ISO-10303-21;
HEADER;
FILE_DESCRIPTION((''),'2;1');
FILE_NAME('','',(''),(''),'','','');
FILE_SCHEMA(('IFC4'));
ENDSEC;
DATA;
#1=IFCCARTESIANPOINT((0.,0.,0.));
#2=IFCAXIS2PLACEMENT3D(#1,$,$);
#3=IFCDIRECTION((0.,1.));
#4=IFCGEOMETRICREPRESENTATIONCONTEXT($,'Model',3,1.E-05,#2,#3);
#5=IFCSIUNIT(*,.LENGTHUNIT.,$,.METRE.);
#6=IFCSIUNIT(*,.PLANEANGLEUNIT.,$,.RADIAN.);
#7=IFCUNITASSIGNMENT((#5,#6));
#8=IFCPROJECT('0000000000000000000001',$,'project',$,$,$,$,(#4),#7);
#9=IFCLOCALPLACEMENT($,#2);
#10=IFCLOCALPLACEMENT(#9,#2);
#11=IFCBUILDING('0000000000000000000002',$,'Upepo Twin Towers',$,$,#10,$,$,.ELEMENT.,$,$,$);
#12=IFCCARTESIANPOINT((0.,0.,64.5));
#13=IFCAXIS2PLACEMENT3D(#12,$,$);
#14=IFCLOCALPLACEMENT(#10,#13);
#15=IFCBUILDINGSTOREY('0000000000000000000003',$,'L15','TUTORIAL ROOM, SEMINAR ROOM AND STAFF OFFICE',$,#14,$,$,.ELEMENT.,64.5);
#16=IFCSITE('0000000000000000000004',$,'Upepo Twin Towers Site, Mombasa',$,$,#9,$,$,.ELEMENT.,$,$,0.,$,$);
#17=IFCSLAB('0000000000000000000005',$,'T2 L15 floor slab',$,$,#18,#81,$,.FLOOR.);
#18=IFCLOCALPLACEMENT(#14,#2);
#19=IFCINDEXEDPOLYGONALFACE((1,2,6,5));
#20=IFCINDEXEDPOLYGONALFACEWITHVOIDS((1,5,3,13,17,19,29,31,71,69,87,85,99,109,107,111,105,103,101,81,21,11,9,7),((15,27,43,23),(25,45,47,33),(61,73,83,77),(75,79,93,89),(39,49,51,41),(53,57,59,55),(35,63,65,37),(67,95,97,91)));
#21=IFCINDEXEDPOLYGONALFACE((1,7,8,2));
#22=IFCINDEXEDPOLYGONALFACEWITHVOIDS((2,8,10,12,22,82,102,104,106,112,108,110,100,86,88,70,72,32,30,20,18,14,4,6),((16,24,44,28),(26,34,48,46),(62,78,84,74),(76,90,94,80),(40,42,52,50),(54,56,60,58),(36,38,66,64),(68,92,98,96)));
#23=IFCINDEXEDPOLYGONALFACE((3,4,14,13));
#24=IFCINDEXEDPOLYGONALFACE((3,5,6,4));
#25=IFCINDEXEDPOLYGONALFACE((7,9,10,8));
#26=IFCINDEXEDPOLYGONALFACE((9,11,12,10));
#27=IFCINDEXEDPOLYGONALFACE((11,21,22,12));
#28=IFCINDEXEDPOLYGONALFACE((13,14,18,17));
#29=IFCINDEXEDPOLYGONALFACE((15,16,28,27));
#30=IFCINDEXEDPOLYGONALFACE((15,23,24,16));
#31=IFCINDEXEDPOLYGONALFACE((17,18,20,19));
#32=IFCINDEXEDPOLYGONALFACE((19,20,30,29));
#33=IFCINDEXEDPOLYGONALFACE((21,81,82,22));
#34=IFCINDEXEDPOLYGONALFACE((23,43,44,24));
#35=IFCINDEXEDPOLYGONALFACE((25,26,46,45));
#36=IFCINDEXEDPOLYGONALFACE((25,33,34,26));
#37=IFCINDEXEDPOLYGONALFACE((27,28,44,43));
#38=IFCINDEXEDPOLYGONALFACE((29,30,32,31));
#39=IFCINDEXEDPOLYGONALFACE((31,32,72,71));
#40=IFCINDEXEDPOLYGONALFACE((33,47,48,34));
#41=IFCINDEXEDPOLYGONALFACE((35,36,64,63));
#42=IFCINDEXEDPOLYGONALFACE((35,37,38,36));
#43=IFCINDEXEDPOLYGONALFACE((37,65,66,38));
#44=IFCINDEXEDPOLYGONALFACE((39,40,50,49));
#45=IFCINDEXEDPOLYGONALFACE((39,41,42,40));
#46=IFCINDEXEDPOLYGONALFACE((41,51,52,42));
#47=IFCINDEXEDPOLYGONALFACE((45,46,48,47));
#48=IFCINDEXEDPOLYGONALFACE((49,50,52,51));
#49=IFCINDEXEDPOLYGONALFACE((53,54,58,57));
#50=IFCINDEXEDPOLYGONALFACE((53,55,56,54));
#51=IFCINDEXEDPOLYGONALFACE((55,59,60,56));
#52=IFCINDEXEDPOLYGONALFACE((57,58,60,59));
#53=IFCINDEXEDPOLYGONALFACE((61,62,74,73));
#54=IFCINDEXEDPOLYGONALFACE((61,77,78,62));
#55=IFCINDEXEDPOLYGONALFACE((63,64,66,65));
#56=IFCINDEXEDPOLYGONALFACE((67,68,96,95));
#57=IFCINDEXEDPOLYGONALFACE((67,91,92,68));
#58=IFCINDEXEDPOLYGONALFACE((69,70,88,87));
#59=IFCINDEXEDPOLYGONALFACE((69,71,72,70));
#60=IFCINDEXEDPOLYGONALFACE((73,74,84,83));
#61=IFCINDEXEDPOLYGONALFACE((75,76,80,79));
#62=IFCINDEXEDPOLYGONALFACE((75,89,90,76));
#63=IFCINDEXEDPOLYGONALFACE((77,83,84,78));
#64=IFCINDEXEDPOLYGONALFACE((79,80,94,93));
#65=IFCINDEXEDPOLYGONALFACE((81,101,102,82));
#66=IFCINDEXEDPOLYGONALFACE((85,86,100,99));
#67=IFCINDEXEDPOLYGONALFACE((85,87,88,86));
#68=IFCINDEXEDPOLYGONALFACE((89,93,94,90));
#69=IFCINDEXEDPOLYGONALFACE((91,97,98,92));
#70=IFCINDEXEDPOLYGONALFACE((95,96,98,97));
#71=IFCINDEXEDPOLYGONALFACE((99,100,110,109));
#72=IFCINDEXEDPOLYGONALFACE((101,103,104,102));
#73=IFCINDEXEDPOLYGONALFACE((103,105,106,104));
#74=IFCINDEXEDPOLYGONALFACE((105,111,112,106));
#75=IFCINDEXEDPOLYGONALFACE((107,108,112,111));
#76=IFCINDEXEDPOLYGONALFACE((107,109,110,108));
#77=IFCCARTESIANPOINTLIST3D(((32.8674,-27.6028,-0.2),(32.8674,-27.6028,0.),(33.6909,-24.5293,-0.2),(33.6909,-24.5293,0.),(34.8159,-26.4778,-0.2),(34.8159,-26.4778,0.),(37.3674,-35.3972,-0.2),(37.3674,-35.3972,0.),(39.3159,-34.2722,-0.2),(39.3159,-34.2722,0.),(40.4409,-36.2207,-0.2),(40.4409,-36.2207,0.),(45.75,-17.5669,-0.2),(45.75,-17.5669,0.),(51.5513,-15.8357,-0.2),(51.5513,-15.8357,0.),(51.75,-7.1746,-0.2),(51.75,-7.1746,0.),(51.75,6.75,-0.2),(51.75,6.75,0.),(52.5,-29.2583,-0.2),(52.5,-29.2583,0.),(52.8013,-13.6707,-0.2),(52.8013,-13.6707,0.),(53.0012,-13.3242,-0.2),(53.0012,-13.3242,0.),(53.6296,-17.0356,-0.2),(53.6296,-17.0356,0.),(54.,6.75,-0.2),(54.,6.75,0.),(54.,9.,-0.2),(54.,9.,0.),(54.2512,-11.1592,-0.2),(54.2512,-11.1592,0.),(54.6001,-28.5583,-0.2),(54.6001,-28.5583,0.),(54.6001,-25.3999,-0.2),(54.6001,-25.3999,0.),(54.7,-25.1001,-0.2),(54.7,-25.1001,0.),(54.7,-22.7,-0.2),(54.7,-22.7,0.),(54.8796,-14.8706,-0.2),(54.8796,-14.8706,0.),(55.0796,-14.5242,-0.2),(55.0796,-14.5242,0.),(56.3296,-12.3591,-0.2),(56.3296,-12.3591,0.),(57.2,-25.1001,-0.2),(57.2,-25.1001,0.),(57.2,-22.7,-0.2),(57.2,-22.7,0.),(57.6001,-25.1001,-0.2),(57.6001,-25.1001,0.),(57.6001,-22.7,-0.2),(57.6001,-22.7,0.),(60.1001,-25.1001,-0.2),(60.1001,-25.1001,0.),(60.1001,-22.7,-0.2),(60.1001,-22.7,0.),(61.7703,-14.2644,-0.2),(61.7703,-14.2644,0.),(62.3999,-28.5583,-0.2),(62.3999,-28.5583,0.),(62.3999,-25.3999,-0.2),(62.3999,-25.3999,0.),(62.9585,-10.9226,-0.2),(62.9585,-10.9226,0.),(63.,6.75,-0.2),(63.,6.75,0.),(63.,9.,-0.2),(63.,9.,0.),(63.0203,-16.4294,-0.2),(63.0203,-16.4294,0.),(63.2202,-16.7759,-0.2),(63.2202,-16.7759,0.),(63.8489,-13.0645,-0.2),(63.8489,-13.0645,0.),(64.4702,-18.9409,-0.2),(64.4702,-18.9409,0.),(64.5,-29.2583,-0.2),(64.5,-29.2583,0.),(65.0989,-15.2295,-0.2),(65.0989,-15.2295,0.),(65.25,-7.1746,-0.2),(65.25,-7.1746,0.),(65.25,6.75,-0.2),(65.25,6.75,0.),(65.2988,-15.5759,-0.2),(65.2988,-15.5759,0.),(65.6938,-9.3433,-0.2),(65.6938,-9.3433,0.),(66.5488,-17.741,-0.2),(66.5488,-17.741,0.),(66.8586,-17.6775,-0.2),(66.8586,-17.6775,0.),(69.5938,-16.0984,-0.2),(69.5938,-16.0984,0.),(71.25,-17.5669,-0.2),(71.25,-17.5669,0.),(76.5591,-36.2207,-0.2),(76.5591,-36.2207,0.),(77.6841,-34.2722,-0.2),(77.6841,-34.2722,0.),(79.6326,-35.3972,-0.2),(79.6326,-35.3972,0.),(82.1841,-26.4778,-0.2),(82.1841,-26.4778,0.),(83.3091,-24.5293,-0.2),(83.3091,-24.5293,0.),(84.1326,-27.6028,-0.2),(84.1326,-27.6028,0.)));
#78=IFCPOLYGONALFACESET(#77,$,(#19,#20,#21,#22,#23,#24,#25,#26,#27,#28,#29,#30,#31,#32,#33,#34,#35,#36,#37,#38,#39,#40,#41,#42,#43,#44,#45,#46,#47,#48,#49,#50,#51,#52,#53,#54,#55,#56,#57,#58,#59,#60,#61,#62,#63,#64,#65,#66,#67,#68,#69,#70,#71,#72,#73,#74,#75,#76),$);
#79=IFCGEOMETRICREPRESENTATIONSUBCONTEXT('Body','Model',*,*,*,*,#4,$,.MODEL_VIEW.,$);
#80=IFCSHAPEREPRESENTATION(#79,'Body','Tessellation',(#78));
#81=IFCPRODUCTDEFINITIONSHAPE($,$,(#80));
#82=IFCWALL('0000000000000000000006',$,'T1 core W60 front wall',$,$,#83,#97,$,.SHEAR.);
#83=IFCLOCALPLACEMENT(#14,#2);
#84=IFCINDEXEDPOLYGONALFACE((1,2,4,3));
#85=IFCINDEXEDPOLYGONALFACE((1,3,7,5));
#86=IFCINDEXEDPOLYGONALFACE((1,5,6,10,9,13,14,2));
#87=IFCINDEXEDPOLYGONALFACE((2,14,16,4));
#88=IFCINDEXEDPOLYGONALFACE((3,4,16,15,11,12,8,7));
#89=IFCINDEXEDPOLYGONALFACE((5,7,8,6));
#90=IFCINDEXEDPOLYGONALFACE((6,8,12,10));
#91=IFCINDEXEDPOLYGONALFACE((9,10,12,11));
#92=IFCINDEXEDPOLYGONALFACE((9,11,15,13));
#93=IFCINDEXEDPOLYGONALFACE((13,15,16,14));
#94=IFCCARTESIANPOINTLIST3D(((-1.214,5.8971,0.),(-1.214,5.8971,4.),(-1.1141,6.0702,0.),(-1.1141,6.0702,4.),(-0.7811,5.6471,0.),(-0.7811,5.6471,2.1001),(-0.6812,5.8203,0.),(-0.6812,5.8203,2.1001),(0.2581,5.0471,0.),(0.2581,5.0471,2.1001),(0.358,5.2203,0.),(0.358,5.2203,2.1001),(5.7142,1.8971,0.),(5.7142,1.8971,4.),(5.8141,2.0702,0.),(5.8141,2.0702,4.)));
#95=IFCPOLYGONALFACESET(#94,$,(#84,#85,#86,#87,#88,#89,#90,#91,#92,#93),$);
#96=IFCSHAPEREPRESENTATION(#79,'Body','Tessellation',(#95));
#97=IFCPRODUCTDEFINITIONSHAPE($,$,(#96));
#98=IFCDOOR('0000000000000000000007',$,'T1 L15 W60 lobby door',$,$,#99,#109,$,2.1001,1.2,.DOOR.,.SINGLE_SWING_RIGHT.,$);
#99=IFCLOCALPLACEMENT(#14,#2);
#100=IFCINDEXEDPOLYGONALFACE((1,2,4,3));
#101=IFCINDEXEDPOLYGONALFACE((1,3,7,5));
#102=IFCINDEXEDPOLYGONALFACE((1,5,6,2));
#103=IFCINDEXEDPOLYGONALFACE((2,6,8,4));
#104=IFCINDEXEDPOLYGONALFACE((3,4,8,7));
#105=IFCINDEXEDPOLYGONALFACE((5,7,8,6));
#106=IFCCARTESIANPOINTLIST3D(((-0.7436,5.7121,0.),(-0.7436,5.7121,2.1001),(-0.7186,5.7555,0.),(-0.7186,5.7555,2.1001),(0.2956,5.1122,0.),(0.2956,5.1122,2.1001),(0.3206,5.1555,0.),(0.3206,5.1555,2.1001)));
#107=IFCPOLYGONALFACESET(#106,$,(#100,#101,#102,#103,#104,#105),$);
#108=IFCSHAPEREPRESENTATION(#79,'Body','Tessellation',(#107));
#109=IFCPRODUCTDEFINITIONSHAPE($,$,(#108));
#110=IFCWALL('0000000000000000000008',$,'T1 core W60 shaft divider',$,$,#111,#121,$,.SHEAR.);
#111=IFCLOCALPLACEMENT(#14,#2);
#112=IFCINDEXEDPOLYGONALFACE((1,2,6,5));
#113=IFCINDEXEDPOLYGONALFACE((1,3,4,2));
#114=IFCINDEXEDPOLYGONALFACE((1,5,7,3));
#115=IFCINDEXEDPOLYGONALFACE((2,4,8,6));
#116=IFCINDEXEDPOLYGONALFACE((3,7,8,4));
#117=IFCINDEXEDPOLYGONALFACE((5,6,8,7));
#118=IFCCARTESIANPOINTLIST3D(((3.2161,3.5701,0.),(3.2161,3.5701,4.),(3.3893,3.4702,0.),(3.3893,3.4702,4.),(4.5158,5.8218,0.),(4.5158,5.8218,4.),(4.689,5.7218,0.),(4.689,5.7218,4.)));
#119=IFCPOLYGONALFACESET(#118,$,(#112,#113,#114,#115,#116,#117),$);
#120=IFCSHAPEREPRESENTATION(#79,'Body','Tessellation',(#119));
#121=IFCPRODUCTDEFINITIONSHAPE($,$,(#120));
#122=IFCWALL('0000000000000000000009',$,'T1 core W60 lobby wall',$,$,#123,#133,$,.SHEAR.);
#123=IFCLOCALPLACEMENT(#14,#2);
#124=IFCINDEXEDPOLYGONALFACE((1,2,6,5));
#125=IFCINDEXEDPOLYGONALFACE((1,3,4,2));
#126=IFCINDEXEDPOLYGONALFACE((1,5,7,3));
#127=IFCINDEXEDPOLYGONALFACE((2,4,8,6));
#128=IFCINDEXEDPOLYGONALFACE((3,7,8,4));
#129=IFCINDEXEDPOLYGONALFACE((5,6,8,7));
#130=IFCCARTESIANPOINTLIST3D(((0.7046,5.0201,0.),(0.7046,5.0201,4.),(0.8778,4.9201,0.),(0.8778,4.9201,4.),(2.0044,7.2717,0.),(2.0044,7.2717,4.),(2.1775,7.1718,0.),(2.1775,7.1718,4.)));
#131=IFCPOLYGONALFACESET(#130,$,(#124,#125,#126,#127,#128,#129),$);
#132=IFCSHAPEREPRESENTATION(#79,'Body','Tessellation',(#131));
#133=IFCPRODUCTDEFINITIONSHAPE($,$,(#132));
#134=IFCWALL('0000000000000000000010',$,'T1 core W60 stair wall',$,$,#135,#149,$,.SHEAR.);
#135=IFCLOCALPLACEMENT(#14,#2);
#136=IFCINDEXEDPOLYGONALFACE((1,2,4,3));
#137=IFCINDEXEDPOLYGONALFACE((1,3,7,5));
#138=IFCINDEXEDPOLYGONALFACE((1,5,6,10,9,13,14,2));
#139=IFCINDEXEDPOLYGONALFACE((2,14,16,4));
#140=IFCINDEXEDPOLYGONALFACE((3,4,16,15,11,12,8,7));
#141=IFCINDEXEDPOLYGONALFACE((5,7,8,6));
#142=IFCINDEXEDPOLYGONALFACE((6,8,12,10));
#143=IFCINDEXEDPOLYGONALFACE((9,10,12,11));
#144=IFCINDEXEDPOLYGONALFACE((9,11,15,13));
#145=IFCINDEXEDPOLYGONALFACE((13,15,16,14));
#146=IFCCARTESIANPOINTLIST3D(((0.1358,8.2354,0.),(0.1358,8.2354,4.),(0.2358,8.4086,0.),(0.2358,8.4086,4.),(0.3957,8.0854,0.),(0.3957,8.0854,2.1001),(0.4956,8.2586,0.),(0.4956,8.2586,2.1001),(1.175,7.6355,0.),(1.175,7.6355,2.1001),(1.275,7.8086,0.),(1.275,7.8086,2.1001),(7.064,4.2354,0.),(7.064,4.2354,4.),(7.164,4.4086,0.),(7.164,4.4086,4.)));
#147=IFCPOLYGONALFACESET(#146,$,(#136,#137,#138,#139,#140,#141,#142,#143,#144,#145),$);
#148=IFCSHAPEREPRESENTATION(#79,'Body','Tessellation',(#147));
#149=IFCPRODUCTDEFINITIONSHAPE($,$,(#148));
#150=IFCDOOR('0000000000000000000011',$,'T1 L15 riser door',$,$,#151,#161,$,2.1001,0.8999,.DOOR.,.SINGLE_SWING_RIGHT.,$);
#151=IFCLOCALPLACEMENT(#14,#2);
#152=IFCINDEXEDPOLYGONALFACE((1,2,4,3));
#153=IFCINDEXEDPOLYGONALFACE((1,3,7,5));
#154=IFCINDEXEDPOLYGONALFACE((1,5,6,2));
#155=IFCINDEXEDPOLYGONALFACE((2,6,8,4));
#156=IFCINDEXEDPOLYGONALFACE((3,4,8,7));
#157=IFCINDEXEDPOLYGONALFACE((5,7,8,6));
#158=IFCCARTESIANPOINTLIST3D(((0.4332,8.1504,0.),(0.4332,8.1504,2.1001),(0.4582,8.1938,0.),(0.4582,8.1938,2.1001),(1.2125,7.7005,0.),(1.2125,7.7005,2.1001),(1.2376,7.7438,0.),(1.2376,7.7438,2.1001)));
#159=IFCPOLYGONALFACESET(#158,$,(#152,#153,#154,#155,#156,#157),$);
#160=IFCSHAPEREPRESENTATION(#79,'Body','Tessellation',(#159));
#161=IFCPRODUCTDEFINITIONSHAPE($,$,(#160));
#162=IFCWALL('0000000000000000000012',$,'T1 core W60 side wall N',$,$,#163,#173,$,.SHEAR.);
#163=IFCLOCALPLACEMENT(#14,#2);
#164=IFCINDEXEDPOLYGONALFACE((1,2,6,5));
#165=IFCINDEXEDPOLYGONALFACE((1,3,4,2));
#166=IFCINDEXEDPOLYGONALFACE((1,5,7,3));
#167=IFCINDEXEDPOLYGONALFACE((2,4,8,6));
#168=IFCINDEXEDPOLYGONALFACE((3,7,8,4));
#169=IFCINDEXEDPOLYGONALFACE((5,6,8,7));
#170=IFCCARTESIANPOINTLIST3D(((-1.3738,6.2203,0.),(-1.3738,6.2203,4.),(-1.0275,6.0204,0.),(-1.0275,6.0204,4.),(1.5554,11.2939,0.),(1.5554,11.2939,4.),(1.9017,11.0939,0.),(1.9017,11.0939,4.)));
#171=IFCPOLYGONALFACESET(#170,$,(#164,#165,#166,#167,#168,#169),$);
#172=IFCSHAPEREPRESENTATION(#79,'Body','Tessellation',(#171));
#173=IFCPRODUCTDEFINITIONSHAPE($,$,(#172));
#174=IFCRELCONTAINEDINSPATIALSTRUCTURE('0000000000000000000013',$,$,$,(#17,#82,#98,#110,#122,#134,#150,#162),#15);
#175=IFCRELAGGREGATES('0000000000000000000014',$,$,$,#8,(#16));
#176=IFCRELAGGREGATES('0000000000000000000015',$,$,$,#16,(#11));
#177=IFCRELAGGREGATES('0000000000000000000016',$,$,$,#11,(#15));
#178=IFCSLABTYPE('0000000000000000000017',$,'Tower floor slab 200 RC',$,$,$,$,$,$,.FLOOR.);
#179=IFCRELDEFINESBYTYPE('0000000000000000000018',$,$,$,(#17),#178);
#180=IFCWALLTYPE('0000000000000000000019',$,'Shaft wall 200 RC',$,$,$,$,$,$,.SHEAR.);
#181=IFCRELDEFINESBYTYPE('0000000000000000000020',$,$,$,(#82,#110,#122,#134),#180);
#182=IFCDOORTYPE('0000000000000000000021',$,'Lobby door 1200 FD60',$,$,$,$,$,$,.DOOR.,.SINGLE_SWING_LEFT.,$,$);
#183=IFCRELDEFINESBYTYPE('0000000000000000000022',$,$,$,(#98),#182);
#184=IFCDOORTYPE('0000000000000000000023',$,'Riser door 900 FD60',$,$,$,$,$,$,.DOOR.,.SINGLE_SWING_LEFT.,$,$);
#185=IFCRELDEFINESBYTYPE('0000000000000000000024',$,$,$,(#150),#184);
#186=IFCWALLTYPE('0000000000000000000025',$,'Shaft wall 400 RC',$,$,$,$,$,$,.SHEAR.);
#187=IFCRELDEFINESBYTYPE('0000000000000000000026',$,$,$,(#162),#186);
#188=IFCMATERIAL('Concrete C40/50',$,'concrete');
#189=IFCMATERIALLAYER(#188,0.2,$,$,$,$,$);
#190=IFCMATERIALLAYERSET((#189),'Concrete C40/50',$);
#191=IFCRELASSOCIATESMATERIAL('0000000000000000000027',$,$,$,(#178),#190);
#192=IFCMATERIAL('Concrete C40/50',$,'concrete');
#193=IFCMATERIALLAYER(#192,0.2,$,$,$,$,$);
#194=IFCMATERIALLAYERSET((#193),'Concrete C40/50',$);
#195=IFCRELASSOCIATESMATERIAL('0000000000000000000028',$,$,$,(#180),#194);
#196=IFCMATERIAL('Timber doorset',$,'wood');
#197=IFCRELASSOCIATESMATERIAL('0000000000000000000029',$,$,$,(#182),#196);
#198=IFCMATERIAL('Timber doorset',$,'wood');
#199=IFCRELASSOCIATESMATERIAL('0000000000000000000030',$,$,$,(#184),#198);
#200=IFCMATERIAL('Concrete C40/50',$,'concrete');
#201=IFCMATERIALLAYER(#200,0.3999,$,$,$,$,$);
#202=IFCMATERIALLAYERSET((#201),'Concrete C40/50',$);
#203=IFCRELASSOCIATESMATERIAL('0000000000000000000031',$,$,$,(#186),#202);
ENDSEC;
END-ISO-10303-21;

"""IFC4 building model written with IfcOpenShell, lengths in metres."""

from ifc_helpers import new_model, si_unit, direction, frame, frame_2d, origin, place, context, subcontext, project, spatial, polyline, rectangle, outline, extrude, material, layer, layer_set, type_object, element, fill, save


model = new_model("IFC4")

# Units and contexts
model_context = context("Model", 3, precision=1e-05, world=origin(), true_north=direction((0.0, 1.0)))
body_context = subcontext(model_context, "Body", "Model", "MODEL_VIEW")
ifc_project = project(units=[si_unit("LENGTHUNIT", "METRE"), si_unit("PLANEANGLEUNIT", "RADIAN")], contexts=[model_context])

# Site, building, storey
site_placement = place(None, origin())
site = spatial("IfcSite", under=ifc_project, at=site_placement, Name="Upepo Twin Towers Site, Mombasa", CompositionType="ELEMENT", RefElevation=0.0)
building_placement = place(site_placement, origin())
building = spatial("IfcBuilding", under=site, at=building_placement, Name="Upepo Twin Towers", CompositionType="ELEMENT")
storey_placement = place(building_placement, frame((0.0, 0.0, 64.5)))
storey = spatial("IfcBuildingStorey", under=building, at=storey_placement, Name="L15", Description="TUTORIAL ROOM, SEMINAR ROOM AND STAFF OFFICE", CompositionType="ELEMENT", Elevation=64.5)

# Slab
ifc_material_1 = material(Name="Concrete C40/50", Category="concrete")
ifc_layer_1 = layer(ifc_material_1, 0.2)
ifc_layer_set_1 = layer_set([ifc_layer_1], Name="Concrete C40/50")
slab_type_1 = type_object("IfcSlabType", Name="Tower floor slab 200 RC", PredefinedType="FLOOR", material=ifc_layer_set_1)
slab_1_placement = place(storey_placement, frame((0.0, 0.0, -0.2)))
element("IfcSlab", 1, at=slab_1_placement, inside=storey, type_object=slab_type_1, Name="T2 L15 floor slab", PredefinedType="FLOOR", context=body_context, shape_type="SweptSolid", body=[
    extrude(outline(polyline([(82.1841, -26.4778), (84.1326, -27.6028), (79.6326, -35.3972), (77.6841, -34.2722), (76.5591, -36.2207), (64.5, -29.2583), (52.5, -29.2583), (40.4409, -36.2207), (39.3159, -34.2722), (37.3674, -35.3972), (32.8674, -27.6028), (34.8159, -26.4778), (33.6909, -24.5293), (45.75, -17.5669), (51.75, -7.1746), (51.75, 6.75), (54.0, 6.75), (54.0, 9.0), (63.0, 9.0), (63.0, 6.75), (65.25, 6.75), (65.25, -7.1746), (71.25, -17.5669), (83.3091, -24.5293), (82.1841, -26.4778)]), holes=[polyline([(56.3296, -12.3591), (54.2512, -11.1592), (53.0012, -13.3242), (55.0796, -14.5242), (56.3296, -12.3591)]), polyline([(54.8796, -14.8706), (52.8013, -13.6707), (51.5513, -15.8357), (53.6296, -17.0356), (54.8796, -14.8706)]), polyline([(54.7, -22.7), (54.7, -25.1001), (57.2, -25.1001), (57.2, -22.7), (54.7, -22.7)]), polyline([(57.6001, -22.7), (57.6001, -25.1001), (60.1001, -25.1001), (60.1001, -22.7), (57.6001, -22.7)]), polyline([(54.6001, -25.3999), (54.6001, -28.5583), (62.3999, -28.5583), (62.3999, -25.3999), (54.6001, -25.3999)]), polyline([(64.4702, -18.9409), (66.5488, -17.741), (65.2988, -15.5759), (63.2202, -16.7759), (64.4702, -18.9409)]), polyline([(63.0203, -16.4294), (65.0989, -15.2295), (63.8489, -13.0645), (61.7703, -14.2644), (63.0203, -16.4294)]), polyline([(66.8586, -17.6775), (69.5938, -16.0984), (65.6938, -9.3433), (62.9585, -10.9226), (66.8586, -17.6775)])]), origin(), (0.0, 0.0, 1.0), 0.2),
])

# Wall, opening, door
ifc_material_2 = material(Name="Concrete C40/50", Category="concrete")
ifc_layer_2 = layer(ifc_material_2, 0.2)
ifc_layer_set_2 = layer_set([ifc_layer_2], Name="Concrete C40/50")
wall_type_1 = type_object("IfcWallType", Name="Shaft wall 200 RC", PredefinedType="SHEAR", material=ifc_layer_set_2)
wall_1_placement = place(storey_placement, frame((5.7642, 1.9836, 0.0), z_axis=(0.0, 0.0, 1.0), x_axis=(-0.866026, 0.499999, 0.0)))
wall_1 = element("IfcWall", 2, at=wall_1_placement, inside=storey, type_object=wall_type_1, Name="T1 core W60 front wall", PredefinedType="SHEAR", context=body_context, shape_type="SweptSolid", body=[
    extrude(rectangle(XDim=8.0, YDim=0.2, at=frame_2d((4.0, 0.0))), origin(), (0.0, 0.0, 1.0), 4.0),
])
opening_1_placement = place(wall_1_placement, frame((6.3, 0.0, 0.0)))
opening_1 = element("IfcOpeningElement", 3, at=opening_1_placement, cuts=wall_1, PredefinedType="OPENING", context=body_context, shape_type="SweptSolid", body=[
    extrude(rectangle(XDim=1.2, YDim=2.1001, at=frame_2d((0.6001, 1.05))), frame((0.0, 0.1099, 0.0), z_axis=(0.0, -1.0, 0.0), x_axis=(1.0, 0.0, 0.0)), (0.0, 0.0, 1.0), 0.22),
])
ifc_material_3 = material(Name="Timber doorset", Category="wood")
door_type_1 = type_object("IfcDoorType", Name="Lobby door 1200 FD60", OperationType="SINGLE_SWING_LEFT", PredefinedType="DOOR", material=ifc_material_3)
door_1_placement = place(opening_1_placement, origin())
door_1 = element("IfcDoor", 4, at=door_1_placement, inside=storey, type_object=door_type_1, Name="T1 L15 W60 lobby door", OperationType="SINGLE_SWING_RIGHT", OverallHeight=2.1001, OverallWidth=1.2, PredefinedType="DOOR", context=body_context, shape_type="SweptSolid", body=[
    extrude(rectangle(XDim=1.2, YDim=2.1001, at=frame_2d((0.6001, 1.05))), frame((0.0, 0.0249, 0.0), z_axis=(0.0, -1.0, 0.0), x_axis=(1.0, 0.0, 0.0)), (0.0, 0.0, 1.0), 0.05),
])
fill(opening_1, door_1)

# Walls
for number, where, z_axis, x_axis, name in (
    (5, (3.3027, 3.5203, 0.0), (0.0, 0.0, 1.0), (0.499937, 0.866062, 0.0), "T1 core W60 shaft divider"),
    (6, (0.7913, 4.9702, 0.0), (0.0, 0.0, 1.0), (0.499937, 0.866062, 0.0), "T1 core W60 lobby wall"),
):
    element("IfcWall", number, at=place(storey_placement, frame(where, z_axis=z_axis, x_axis=x_axis)), inside=storey, type_object=wall_type_1, Name=name, PredefinedType="SHEAR", context=body_context, shape_type="SweptSolid", body=[
        extrude(rectangle(XDim=2.5999, YDim=0.2, at=frame_2d((1.2998, 0.0))), origin(), (0.0, 0.0, 1.0), 4.0),
    ])

# Wall, opening, door
wall_2_placement = place(storey_placement, frame((7.114, 4.322, 0.0), z_axis=(0.0, 0.0, 1.0), x_axis=(-0.866026, 0.499999, 0.0)))
wall_2 = element("IfcWall", 7, at=wall_2_placement, inside=storey, type_object=wall_type_1, Name="T1 core W60 stair wall", PredefinedType="SHEAR", context=body_context, shape_type="SweptSolid", body=[
    extrude(rectangle(XDim=8.0, YDim=0.2, at=frame_2d((4.0, 0.0))), origin(), (0.0, 0.0, 1.0), 4.0),
])
opening_2_placement = place(wall_2_placement, frame((6.8, 0.0, 0.0)))
opening_2 = element("IfcOpeningElement", 8, at=opening_2_placement, cuts=wall_2, PredefinedType="OPENING", context=body_context, shape_type="SweptSolid", body=[
    extrude(rectangle(XDim=0.8999, YDim=2.1001, at=frame_2d((0.45, 1.05))), frame((0.0, 0.1099, 0.0), z_axis=(0.0, -1.0, 0.0), x_axis=(1.0, 0.0, 0.0)), (0.0, 0.0, 1.0), 0.22),
])
ifc_material_4 = material(Name="Timber doorset", Category="wood")
door_type_2 = type_object("IfcDoorType", Name="Riser door 900 FD60", OperationType="SINGLE_SWING_LEFT", PredefinedType="DOOR", material=ifc_material_4)
door_2_placement = place(opening_2_placement, origin())
door_2 = element("IfcDoor", 9, at=door_2_placement, inside=storey, type_object=door_type_2, Name="T1 L15 riser door", OperationType="SINGLE_SWING_RIGHT", OverallHeight=2.1001, OverallWidth=0.8999, PredefinedType="DOOR", context=body_context, shape_type="SweptSolid", body=[
    extrude(rectangle(XDim=0.8999, YDim=2.1001, at=frame_2d((0.45, 1.05))), frame((0.0, 0.0249, 0.0), z_axis=(0.0, -1.0, 0.0), x_axis=(1.0, 0.0, 0.0)), (0.0, 0.0, 1.0), 0.05),
])
fill(opening_2, door_2)

# Wall
ifc_material_5 = material(Name="Concrete C40/50", Category="concrete")
ifc_layer_3 = layer(ifc_material_5, 0.3999)
ifc_layer_set_3 = layer_set([ifc_layer_3], Name="Concrete C40/50")
wall_type_2 = type_object("IfcWallType", Name="Shaft wall 400 RC", PredefinedType="SHEAR", material=ifc_layer_set_3)
for number, where, z_axis, x_axis, name in (
    (10, (-1.2007, 6.1204, 0.0), (0.0, 0.0, 1.0), (0.500003, 0.866024, 0.0), "T1 core W60 side wall N"),
):
    element("IfcWall", number, at=place(storey_placement, frame(where, z_axis=z_axis, x_axis=x_axis)), inside=storey, type_object=wall_type_2, Name=name, PredefinedType="SHEAR", context=body_context, shape_type="SweptSolid", body=[
        extrude(rectangle(XDim=5.8584, YDim=0.3999, at=frame_2d((2.9292, 0.0))), origin(), (0.0, 0.0, 1.0), 4.0),
    ])

save(model, "model.ifc")
